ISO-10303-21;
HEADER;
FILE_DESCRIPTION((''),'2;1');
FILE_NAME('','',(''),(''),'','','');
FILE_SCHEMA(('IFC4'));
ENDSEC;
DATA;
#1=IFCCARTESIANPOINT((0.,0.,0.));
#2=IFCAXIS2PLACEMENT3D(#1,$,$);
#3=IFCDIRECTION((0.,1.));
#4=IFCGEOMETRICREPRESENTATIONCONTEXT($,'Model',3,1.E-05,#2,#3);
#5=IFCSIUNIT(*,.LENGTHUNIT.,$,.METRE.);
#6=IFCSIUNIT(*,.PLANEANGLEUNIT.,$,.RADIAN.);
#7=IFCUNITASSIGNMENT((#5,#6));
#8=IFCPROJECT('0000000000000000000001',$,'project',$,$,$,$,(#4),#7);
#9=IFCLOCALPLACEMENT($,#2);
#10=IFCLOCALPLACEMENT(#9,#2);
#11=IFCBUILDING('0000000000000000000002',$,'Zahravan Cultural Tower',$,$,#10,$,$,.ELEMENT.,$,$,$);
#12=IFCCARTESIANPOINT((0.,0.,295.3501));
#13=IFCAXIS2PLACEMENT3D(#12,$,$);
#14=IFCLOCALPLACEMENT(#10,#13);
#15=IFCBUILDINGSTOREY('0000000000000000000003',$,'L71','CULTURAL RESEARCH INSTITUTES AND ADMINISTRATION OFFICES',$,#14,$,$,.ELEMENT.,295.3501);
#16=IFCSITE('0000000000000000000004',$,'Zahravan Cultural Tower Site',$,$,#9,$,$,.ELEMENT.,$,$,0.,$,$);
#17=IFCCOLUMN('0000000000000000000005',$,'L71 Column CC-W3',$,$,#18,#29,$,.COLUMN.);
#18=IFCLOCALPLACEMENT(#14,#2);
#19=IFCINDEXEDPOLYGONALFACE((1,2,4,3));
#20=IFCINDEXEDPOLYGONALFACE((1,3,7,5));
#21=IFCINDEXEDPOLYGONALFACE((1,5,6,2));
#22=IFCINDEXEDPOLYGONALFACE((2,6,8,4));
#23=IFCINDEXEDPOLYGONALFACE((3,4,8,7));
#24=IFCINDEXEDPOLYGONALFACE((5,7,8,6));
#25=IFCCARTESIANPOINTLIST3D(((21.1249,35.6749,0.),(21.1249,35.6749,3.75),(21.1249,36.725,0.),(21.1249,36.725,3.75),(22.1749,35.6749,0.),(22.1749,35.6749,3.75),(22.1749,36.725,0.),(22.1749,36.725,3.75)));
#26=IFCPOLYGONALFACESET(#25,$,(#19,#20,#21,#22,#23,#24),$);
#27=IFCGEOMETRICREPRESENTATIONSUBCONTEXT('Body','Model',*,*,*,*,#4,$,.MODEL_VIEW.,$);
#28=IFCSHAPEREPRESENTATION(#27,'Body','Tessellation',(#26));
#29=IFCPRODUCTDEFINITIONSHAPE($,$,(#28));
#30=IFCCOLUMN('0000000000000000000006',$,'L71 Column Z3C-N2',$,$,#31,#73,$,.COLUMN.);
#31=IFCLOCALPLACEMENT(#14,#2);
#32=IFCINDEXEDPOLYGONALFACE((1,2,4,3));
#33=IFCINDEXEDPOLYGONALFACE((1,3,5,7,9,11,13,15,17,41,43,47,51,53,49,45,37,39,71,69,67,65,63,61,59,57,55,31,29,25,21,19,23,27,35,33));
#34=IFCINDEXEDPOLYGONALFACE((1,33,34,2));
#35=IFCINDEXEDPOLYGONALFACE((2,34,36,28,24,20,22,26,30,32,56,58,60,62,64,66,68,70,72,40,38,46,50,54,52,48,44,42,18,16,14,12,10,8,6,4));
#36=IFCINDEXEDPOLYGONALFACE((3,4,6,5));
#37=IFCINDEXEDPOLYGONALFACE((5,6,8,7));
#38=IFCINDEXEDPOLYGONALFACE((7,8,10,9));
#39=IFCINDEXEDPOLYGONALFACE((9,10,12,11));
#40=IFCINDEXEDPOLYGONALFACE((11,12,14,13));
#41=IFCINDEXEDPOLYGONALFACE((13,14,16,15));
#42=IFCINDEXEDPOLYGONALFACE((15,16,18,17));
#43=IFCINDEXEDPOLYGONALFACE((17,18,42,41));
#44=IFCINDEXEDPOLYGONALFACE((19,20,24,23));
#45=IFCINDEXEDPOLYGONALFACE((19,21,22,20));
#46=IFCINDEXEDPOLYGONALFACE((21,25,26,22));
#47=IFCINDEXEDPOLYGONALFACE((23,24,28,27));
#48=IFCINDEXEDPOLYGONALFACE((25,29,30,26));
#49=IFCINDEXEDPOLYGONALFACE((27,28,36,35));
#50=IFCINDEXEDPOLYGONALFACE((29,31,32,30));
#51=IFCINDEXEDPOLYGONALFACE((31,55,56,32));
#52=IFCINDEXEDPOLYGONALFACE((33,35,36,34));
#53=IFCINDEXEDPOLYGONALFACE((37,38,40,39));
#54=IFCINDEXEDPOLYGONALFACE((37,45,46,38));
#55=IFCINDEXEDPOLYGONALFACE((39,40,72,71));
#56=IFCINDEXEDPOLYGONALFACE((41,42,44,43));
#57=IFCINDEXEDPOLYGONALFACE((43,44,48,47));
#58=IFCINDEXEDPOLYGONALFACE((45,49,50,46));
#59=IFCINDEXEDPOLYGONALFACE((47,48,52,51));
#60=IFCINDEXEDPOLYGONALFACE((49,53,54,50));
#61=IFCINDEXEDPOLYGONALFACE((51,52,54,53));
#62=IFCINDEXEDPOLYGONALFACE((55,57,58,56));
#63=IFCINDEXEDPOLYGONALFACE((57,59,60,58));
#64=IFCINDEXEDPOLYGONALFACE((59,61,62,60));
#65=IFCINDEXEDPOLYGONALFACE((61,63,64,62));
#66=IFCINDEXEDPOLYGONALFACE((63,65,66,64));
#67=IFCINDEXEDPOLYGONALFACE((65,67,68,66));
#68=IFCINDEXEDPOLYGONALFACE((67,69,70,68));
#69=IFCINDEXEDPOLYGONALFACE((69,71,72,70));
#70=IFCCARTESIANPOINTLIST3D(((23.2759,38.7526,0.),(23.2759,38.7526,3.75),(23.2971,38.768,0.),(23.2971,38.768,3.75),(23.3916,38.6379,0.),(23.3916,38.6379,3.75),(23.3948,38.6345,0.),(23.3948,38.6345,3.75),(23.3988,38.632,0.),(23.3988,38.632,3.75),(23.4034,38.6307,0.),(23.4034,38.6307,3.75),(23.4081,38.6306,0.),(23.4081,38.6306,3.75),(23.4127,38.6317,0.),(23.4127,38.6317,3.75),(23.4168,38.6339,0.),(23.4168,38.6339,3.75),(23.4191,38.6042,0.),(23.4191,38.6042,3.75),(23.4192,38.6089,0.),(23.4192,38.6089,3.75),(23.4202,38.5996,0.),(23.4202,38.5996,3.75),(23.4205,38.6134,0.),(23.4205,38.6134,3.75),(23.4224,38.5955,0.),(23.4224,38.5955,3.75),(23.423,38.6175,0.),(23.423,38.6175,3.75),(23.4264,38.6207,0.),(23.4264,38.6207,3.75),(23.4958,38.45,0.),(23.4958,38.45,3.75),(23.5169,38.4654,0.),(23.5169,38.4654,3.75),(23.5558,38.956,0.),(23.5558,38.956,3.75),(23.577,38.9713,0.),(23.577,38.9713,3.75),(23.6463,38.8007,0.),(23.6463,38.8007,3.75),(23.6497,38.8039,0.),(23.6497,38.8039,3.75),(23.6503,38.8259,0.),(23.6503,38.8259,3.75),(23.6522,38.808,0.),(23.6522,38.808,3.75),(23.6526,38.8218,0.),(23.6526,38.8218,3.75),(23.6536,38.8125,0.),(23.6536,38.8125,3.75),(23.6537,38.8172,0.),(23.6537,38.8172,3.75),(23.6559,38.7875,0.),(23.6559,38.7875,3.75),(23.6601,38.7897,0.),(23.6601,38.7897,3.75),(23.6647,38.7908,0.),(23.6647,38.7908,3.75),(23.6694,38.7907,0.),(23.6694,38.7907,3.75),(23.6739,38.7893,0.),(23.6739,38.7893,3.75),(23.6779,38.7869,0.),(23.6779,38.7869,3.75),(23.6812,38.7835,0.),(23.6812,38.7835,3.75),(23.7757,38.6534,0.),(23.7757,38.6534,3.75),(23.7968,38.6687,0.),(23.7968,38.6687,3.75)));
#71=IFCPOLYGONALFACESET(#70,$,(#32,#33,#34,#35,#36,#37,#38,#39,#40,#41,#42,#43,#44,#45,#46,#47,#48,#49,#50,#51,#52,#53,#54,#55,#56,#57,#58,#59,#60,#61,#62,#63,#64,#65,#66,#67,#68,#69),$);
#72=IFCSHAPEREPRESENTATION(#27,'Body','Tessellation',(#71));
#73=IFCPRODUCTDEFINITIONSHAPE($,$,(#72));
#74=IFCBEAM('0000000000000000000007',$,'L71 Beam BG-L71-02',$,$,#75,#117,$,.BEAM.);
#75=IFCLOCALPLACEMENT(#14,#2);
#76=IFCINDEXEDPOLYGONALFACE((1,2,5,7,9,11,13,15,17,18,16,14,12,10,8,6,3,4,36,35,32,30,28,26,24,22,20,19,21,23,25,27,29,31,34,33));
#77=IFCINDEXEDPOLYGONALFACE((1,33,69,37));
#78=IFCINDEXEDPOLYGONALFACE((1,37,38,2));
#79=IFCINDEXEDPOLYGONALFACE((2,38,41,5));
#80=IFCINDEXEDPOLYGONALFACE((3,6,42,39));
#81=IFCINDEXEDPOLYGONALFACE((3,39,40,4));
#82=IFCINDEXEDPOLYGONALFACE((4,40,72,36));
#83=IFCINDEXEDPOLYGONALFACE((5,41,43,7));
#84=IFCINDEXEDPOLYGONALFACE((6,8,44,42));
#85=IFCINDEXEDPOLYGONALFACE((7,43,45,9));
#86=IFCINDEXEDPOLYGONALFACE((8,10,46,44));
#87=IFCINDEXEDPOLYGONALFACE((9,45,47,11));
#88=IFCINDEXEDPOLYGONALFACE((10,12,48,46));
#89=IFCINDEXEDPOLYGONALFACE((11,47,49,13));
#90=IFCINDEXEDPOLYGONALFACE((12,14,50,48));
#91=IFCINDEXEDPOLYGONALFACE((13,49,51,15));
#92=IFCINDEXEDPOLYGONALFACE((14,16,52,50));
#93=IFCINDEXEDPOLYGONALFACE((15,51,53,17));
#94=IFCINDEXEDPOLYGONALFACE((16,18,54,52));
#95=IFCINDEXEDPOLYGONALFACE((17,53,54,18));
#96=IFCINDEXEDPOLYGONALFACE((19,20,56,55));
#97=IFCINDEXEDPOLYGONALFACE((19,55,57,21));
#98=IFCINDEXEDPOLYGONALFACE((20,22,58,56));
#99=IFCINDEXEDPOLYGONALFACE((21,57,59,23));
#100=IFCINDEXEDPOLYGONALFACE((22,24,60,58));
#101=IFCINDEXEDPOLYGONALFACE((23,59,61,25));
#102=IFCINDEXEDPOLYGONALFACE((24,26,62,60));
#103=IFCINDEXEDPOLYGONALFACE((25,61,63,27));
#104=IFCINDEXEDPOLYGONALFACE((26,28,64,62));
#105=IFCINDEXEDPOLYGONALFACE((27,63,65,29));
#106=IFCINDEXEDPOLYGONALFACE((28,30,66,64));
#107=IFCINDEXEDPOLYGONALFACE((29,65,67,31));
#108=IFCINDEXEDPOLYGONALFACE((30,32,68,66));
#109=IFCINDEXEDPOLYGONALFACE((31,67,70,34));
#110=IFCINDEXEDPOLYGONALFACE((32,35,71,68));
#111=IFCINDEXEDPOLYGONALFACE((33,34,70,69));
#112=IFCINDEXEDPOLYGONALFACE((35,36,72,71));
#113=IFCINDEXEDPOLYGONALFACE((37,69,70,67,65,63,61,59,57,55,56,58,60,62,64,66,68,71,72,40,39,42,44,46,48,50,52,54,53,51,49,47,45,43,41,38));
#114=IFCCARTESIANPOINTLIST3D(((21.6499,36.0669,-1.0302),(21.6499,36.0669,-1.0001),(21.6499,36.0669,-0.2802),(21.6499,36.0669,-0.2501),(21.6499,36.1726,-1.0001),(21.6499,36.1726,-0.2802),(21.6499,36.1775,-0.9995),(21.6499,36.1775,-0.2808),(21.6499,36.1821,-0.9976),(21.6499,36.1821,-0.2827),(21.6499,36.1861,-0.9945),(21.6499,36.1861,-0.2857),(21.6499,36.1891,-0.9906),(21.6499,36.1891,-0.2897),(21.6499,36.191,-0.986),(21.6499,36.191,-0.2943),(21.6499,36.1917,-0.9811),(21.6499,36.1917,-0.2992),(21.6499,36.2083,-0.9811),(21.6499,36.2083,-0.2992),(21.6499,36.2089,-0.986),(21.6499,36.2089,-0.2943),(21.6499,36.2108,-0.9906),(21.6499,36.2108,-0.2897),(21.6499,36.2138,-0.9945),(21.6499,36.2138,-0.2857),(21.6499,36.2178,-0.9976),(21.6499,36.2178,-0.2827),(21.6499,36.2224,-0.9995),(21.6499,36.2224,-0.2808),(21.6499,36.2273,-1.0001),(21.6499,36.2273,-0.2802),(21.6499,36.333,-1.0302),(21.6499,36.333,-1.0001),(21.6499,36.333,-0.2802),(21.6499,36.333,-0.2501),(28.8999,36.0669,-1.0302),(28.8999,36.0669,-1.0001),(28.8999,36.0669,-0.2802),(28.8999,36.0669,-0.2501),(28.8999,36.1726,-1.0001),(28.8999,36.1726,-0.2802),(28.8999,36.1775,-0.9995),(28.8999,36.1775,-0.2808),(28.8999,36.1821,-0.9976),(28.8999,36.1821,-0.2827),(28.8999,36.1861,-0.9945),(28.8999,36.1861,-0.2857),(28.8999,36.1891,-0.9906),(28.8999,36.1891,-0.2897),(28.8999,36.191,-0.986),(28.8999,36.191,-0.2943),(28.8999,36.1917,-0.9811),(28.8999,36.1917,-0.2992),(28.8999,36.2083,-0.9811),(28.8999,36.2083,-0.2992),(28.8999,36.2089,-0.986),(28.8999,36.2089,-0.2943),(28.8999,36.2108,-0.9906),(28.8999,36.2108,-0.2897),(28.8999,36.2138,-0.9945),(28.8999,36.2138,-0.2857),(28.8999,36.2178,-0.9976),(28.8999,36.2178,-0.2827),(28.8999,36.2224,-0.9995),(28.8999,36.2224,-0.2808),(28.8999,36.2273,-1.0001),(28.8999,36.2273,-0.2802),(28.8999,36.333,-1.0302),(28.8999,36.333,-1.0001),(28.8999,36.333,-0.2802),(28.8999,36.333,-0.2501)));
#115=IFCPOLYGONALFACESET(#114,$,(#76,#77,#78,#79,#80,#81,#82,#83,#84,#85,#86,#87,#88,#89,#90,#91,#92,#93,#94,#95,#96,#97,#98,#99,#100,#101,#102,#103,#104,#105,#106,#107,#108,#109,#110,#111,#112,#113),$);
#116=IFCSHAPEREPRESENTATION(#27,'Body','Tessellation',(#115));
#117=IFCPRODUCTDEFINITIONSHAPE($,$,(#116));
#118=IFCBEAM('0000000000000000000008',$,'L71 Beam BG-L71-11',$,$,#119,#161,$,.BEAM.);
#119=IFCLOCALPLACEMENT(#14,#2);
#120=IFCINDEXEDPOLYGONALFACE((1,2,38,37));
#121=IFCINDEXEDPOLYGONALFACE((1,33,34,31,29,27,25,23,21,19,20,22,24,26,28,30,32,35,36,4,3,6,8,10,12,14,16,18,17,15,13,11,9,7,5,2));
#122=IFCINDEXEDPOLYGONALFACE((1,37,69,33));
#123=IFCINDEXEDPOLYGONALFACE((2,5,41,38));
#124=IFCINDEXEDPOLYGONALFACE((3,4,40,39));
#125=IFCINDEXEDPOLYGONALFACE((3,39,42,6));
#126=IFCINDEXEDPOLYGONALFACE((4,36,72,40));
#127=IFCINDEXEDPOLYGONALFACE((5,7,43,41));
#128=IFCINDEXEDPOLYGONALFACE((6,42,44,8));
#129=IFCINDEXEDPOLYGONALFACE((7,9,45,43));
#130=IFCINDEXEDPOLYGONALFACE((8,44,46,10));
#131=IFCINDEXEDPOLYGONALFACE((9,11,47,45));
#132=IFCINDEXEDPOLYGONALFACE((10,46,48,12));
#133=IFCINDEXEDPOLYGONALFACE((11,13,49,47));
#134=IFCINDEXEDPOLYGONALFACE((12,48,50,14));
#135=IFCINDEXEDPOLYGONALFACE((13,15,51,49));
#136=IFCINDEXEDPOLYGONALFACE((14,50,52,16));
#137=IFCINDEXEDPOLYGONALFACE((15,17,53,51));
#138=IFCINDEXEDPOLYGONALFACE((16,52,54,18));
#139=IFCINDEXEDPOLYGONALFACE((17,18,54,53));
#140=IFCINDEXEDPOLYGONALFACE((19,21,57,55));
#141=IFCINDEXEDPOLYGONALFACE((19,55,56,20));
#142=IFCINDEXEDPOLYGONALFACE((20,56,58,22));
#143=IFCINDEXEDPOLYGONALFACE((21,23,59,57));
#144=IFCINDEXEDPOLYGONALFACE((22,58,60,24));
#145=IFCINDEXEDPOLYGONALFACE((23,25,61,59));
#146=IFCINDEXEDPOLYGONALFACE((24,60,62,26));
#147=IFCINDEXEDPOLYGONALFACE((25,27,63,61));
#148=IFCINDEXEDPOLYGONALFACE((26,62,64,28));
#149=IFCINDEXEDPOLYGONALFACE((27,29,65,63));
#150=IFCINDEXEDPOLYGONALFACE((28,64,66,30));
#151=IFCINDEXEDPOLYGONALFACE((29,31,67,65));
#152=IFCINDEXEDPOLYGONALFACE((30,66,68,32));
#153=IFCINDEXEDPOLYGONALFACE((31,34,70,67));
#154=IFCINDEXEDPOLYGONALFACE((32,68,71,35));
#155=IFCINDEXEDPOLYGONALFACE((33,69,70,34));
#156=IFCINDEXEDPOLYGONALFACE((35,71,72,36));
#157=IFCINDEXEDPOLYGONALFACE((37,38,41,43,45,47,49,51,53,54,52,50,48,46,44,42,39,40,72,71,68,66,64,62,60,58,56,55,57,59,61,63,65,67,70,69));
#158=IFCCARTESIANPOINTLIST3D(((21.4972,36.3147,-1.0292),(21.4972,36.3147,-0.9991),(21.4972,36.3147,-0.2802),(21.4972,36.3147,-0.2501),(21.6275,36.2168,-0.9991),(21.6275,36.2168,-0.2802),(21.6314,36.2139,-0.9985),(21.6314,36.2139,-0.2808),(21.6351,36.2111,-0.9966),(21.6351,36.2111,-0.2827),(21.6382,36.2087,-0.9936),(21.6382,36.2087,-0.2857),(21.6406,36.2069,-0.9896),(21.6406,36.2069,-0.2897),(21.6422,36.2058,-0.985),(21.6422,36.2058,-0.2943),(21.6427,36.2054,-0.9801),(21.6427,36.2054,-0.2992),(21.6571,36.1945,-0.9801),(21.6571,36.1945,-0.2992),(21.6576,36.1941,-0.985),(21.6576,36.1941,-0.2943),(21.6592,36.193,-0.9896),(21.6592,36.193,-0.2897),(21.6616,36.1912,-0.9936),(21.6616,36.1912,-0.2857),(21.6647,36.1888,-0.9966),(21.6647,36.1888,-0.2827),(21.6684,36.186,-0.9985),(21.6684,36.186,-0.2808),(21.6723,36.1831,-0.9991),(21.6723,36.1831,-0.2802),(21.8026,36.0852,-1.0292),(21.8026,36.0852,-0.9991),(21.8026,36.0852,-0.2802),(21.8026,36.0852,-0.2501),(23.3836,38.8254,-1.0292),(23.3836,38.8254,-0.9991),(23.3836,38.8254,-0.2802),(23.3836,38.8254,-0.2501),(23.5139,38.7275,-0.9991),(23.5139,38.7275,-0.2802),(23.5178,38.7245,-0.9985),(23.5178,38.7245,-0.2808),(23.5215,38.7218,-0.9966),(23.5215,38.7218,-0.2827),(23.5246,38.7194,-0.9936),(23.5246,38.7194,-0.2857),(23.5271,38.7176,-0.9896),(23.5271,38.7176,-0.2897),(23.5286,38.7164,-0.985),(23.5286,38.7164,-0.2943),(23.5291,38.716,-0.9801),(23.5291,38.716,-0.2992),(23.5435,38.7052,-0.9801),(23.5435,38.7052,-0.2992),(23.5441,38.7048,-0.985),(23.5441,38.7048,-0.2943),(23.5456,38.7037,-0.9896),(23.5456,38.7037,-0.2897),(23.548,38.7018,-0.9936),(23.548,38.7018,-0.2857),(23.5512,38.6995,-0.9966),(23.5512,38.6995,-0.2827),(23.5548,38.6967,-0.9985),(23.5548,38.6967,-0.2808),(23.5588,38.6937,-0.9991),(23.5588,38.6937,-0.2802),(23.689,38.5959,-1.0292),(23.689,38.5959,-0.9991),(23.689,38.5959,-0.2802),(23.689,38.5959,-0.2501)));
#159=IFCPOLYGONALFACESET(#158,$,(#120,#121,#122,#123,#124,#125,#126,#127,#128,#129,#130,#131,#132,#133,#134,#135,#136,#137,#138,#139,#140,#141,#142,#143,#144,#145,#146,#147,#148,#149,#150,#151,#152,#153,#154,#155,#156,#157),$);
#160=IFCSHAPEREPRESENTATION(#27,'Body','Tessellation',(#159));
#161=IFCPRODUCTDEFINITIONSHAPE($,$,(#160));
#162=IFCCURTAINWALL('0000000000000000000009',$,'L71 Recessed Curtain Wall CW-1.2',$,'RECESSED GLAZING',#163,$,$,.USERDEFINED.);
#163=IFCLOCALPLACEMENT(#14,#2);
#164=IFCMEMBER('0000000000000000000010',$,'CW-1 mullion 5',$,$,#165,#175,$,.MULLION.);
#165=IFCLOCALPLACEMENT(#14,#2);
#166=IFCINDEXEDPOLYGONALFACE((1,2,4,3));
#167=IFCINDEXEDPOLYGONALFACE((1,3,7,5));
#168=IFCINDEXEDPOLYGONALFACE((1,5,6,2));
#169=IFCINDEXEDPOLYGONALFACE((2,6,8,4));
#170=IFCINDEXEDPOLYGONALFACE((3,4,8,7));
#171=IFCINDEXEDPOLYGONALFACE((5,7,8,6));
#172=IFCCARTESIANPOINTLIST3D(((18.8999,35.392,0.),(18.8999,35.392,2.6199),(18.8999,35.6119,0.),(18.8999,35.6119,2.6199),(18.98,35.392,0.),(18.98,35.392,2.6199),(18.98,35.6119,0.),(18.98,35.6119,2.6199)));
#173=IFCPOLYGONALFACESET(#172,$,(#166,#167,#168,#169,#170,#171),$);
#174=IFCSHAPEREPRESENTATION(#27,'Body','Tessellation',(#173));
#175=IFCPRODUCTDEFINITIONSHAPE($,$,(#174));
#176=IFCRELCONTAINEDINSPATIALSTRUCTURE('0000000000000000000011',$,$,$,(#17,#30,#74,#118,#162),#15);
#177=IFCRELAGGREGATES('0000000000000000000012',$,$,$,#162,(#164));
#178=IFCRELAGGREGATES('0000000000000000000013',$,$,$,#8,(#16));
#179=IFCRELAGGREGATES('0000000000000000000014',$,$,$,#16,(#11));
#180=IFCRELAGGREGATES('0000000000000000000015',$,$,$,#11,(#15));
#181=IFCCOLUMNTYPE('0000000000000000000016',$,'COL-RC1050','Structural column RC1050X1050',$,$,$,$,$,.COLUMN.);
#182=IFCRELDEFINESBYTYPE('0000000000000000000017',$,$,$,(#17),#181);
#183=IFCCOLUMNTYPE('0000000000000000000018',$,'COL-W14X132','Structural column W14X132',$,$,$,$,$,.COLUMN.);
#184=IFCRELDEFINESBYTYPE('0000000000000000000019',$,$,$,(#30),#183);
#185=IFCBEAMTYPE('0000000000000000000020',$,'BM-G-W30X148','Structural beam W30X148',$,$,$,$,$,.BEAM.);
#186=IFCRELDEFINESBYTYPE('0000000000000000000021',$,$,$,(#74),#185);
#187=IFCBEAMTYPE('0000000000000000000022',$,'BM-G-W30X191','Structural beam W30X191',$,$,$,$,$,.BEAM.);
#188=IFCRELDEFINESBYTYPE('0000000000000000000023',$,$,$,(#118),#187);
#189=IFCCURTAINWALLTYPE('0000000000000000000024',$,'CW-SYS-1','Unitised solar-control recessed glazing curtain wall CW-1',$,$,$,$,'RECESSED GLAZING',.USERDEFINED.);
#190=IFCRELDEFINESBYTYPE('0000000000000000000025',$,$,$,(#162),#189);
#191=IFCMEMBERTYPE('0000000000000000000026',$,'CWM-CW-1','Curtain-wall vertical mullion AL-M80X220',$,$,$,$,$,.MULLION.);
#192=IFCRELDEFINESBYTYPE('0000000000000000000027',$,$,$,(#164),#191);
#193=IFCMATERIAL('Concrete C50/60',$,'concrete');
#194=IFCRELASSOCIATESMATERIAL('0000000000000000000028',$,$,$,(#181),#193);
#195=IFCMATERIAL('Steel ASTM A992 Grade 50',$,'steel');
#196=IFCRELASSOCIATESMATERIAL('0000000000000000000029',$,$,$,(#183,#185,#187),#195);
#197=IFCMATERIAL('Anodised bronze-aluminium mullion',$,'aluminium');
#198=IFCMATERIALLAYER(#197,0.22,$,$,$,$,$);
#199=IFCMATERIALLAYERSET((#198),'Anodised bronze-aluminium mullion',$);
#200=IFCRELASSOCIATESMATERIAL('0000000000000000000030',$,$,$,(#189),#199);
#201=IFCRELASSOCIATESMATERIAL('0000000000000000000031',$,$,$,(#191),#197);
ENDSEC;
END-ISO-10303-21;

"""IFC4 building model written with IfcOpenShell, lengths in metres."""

from ifc_helpers import new_model, si_unit, direction, frame, origin, origin_2d, place, context, subcontext, project, spatial, rectangle, i_section, extrude, source, transform, mapped, material, layer, layer_set, material_profile, profile_set, type_object, element, aggregate, save


model = new_model("IFC4")

# Units and contexts
model_context = context("Model", 3, precision=1e-05, world=origin(), true_north=direction((0.0, 1.0)))
body_context = subcontext(model_context, "Body", "Model", "MODEL_VIEW")
ifc_project = project(units=[si_unit("LENGTHUNIT", "METRE"), si_unit("PLANEANGLEUNIT", "RADIAN")], contexts=[model_context])

# Site, building, storey
site_placement = place(None, origin())
site = spatial("IfcSite", under=ifc_project, at=site_placement, Name="Zahravan Cultural Tower Site", CompositionType="ELEMENT", RefElevation=0.0)
building_placement = place(site_placement, origin())
building = spatial("IfcBuilding", under=site, at=building_placement, Name="Zahravan Cultural Tower", CompositionType="ELEMENT")
storey_placement = place(building_placement, frame((0.0, 0.0, 295.3501)))
storey = spatial("IfcBuildingStorey", under=building, at=storey_placement, Name="L71", Description="CULTURAL RESEARCH INSTITUTES AND ADMINISTRATION OFFICES", CompositionType="ELEMENT", Elevation=295.3501)

# Columns
ifc_material_1 = material(Name="Concrete C50/60", Category="concrete")
ifc_material_profile_1 = material_profile(ifc_material_1, rectangle(XDim=1.05, YDim=1.05, at=origin_2d()), Name="RC1050X1050")
ifc_profile_set_1 = profile_set([ifc_material_profile_1], Name="Concrete C50/60")
column_type_1 = type_object("IfcColumnType", Name="COL-RC1050", Description="Structural column RC1050X1050", PredefinedType="COLUMN", material=ifc_profile_set_1)
shared_shape_1 = source(origin(), body_context, "Body", "SweptSolid", [
    extrude(rectangle(XDim=1.05, YDim=1.05, at=origin_2d()), origin(), (0.0, 0.0, 1.0), 3.75),
])
column_1_placement = place(storey_placement, frame((21.6499, 36.2, 0.0), z_axis=(0.0, 0.0, 1.0), x_axis=(1.0, 0.0, 0.0)))
element("IfcColumn", 1, at=column_1_placement, inside=storey, type_object=column_type_1, Name="L71 Column CC-W3", PredefinedType="COLUMN", context=body_context, shape_type="MappedRepresentation", body=[
    mapped(shared_shape_1, transform((0.0, 0.0, 0.0), x_axis=(1.0, 0.0, 0.0), y_axis=(0.0, 1.0, 0.0), z_axis=(0.0, 0.0, 1.0), scale=1.0)),
])
ifc_material_2 = material(Name="Steel ASTM A992 Grade 50", Category="steel")
ifc_material_profile_2 = material_profile(ifc_material_2, i_section(OverallWidth=0.374, OverallDepth=0.3721, WebThickness=0.0164, FlangeThickness=0.0261, FilletRadius=0.0181, at=origin_2d()), Name="W14X132")
ifc_profile_set_2 = profile_set([ifc_material_profile_2], Name="Steel ASTM A992 Grade 50")
column_type_2 = type_object("IfcColumnType", Name="COL-W14X132", Description="Structural column W14X132", PredefinedType="COLUMN", material=ifc_profile_set_2)
shared_shape_2 = source(origin(), body_context, "Body", "SweptSolid", [
    extrude(i_section(OverallWidth=0.374, OverallDepth=0.3721, WebThickness=0.0164, FlangeThickness=0.0261, FilletRadius=0.0181, at=origin_2d()), origin(), (0.0, 0.0, 1.0), 3.75),
])
column_2_placement = place(storey_placement, frame((23.5364, 38.7107, 0.0), z_axis=(0.0, 0.0, 1.0), x_axis=(-0.587785, 0.809017, 0.0)))
element("IfcColumn", 2, at=column_2_placement, inside=storey, type_object=column_type_2, Name="L71 Column Z3C-N2", PredefinedType="COLUMN", context=body_context, shape_type="MappedRepresentation", body=[
    mapped(shared_shape_2, transform((0.0, 0.0, 0.0), x_axis=(1.0, 0.0, 0.0), y_axis=(0.0, 1.0, 0.0), z_axis=(0.0, 0.0, 1.0), scale=1.0)),
])

# Beams
ifc_material_profile_3 = material_profile(ifc_material_2, i_section(OverallWidth=0.2661, OverallDepth=0.78, WebThickness=0.0166, FlangeThickness=0.03, FilletRadius=0.019, at=origin_2d()), Name="W30X148")
ifc_profile_set_3 = profile_set([ifc_material_profile_3], Name="Steel ASTM A992 Grade 50")
beam_type_1 = type_object("IfcBeamType", Name="BM-G-W30X148", Description="Structural beam W30X148", PredefinedType="BEAM", material=ifc_profile_set_3)
shared_shape_3 = source(origin(), body_context, "Body", "SweptSolid", [
    extrude(i_section(OverallWidth=0.2661, OverallDepth=0.78, WebThickness=0.0166, FlangeThickness=0.03, FilletRadius=0.019, at=origin_2d()), origin(), (0.0, 0.0, 1.0), 7.25),
])
beam_1_placement = place(storey_placement, frame((21.6499, 36.2, -0.6401), z_axis=(1.0, 0.0, 0.0), x_axis=(0.0, 1.0, 0.0)))
element("IfcBeam", 3, at=beam_1_placement, inside=storey, type_object=beam_type_1, Name="L71 Beam BG-L71-02", PredefinedType="BEAM", context=body_context, shape_type="MappedRepresentation", body=[
    mapped(shared_shape_3, transform((0.0, 0.0, 0.0), x_axis=(1.0, 0.0, 0.0), y_axis=(0.0, 1.0, 0.0), z_axis=(0.0, 0.0, 1.0), scale=1.0)),
])
ifc_material_profile_4 = material_profile(ifc_material_2, i_section(OverallWidth=0.3821, OverallDepth=0.7791, WebThickness=0.0181, FlangeThickness=0.03, FilletRadius=0.019, at=origin_2d()), Name="W30X191")
ifc_profile_set_4 = profile_set([ifc_material_profile_4], Name="Steel ASTM A992 Grade 50")
beam_type_2 = type_object("IfcBeamType", Name="BM-G-W30X191", Description="Structural beam W30X191", PredefinedType="BEAM", material=ifc_profile_set_4)
shared_shape_4 = source(origin(), body_context, "Body", "SweptSolid", [
    extrude(i_section(OverallWidth=0.3821, OverallDepth=0.7791, WebThickness=0.0181, FlangeThickness=0.03, FilletRadius=0.019, at=origin_2d()), origin(), (0.0, 0.0, 1.0), 3.1404),
])
beam_2_placement = place(storey_placement, frame((21.6499, 36.2, -0.6396), z_axis=(0.600696, 0.799477, 0.0), x_axis=(-0.799477, 0.600696, 0.0)))
element("IfcBeam", 4, at=beam_2_placement, inside=storey, type_object=beam_type_2, Name="L71 Beam BG-L71-11", PredefinedType="BEAM", context=body_context, shape_type="MappedRepresentation", body=[
    mapped(shared_shape_4, transform((0.0, 0.0, 0.0), x_axis=(1.0, 0.0, 0.0), y_axis=(0.0, 1.0, 0.0), z_axis=(0.0, 0.0, 1.0), scale=1.0)),
])

# Curtain wall, member
ifc_material_3 = material(Name="Anodised bronze-aluminium mullion", Category="aluminium")
ifc_layer_1 = layer(ifc_material_3, 0.22)
ifc_layer_set_1 = layer_set([ifc_layer_1], Name="Anodised bronze-aluminium mullion")
curtain_wall_type = type_object("IfcCurtainWallType", Name="CW-SYS-1", Description="Unitised solar-control recessed glazing curtain wall CW-1", ElementType="RECESSED GLAZING", PredefinedType="USERDEFINED", material=ifc_layer_set_1)
curtain_wall_placement = place(storey_placement, origin())
curtain_wall = element("IfcCurtainWall", 5, at=curtain_wall_placement, inside=storey, type_object=curtain_wall_type, Name="L71 Recessed Curtain Wall CW-1.2", ObjectType="RECESSED GLAZING", PredefinedType="USERDEFINED")
ifc_material_profile_5 = material_profile(ifc_material_3, rectangle(XDim=0.0801, YDim=0.22, at=origin_2d()), Name="AL-M80X220")
ifc_profile_set_5 = profile_set([ifc_material_profile_5], Name="Anodised bronze-aluminium mullion")
member_type = type_object("IfcMemberType", Name="CWM-CW-1", Description="Curtain-wall vertical mullion AL-M80X220", PredefinedType="MULLION", material=ifc_profile_set_5)
shared_shape_5 = source(origin(), body_context, "Body", "SweptSolid", [
    extrude(rectangle(XDim=0.0801, YDim=0.22, at=origin_2d()), origin(), (0.0, 0.0, 1.0), 2.6199),
])
member_placement = place(storey_placement, frame((18.9399, 35.502, 0.0), z_axis=(0.0, 0.0, 1.0), x_axis=(-1.0, 0.0, 0.0)))
member = element("IfcMember", 6, at=member_placement, type_object=member_type, Name="CW-1 mullion 5", PredefinedType="MULLION", context=body_context, shape_type="MappedRepresentation", body=[
    mapped(shared_shape_5, transform((0.0, 0.0, 0.0), x_axis=(1.0, 0.0, 0.0), y_axis=(0.0, 1.0, 0.0), z_axis=(0.0, 0.0, 1.0), scale=1.0)),
])
aggregate(curtain_wall, [member])

save(model, "model.ifc")
